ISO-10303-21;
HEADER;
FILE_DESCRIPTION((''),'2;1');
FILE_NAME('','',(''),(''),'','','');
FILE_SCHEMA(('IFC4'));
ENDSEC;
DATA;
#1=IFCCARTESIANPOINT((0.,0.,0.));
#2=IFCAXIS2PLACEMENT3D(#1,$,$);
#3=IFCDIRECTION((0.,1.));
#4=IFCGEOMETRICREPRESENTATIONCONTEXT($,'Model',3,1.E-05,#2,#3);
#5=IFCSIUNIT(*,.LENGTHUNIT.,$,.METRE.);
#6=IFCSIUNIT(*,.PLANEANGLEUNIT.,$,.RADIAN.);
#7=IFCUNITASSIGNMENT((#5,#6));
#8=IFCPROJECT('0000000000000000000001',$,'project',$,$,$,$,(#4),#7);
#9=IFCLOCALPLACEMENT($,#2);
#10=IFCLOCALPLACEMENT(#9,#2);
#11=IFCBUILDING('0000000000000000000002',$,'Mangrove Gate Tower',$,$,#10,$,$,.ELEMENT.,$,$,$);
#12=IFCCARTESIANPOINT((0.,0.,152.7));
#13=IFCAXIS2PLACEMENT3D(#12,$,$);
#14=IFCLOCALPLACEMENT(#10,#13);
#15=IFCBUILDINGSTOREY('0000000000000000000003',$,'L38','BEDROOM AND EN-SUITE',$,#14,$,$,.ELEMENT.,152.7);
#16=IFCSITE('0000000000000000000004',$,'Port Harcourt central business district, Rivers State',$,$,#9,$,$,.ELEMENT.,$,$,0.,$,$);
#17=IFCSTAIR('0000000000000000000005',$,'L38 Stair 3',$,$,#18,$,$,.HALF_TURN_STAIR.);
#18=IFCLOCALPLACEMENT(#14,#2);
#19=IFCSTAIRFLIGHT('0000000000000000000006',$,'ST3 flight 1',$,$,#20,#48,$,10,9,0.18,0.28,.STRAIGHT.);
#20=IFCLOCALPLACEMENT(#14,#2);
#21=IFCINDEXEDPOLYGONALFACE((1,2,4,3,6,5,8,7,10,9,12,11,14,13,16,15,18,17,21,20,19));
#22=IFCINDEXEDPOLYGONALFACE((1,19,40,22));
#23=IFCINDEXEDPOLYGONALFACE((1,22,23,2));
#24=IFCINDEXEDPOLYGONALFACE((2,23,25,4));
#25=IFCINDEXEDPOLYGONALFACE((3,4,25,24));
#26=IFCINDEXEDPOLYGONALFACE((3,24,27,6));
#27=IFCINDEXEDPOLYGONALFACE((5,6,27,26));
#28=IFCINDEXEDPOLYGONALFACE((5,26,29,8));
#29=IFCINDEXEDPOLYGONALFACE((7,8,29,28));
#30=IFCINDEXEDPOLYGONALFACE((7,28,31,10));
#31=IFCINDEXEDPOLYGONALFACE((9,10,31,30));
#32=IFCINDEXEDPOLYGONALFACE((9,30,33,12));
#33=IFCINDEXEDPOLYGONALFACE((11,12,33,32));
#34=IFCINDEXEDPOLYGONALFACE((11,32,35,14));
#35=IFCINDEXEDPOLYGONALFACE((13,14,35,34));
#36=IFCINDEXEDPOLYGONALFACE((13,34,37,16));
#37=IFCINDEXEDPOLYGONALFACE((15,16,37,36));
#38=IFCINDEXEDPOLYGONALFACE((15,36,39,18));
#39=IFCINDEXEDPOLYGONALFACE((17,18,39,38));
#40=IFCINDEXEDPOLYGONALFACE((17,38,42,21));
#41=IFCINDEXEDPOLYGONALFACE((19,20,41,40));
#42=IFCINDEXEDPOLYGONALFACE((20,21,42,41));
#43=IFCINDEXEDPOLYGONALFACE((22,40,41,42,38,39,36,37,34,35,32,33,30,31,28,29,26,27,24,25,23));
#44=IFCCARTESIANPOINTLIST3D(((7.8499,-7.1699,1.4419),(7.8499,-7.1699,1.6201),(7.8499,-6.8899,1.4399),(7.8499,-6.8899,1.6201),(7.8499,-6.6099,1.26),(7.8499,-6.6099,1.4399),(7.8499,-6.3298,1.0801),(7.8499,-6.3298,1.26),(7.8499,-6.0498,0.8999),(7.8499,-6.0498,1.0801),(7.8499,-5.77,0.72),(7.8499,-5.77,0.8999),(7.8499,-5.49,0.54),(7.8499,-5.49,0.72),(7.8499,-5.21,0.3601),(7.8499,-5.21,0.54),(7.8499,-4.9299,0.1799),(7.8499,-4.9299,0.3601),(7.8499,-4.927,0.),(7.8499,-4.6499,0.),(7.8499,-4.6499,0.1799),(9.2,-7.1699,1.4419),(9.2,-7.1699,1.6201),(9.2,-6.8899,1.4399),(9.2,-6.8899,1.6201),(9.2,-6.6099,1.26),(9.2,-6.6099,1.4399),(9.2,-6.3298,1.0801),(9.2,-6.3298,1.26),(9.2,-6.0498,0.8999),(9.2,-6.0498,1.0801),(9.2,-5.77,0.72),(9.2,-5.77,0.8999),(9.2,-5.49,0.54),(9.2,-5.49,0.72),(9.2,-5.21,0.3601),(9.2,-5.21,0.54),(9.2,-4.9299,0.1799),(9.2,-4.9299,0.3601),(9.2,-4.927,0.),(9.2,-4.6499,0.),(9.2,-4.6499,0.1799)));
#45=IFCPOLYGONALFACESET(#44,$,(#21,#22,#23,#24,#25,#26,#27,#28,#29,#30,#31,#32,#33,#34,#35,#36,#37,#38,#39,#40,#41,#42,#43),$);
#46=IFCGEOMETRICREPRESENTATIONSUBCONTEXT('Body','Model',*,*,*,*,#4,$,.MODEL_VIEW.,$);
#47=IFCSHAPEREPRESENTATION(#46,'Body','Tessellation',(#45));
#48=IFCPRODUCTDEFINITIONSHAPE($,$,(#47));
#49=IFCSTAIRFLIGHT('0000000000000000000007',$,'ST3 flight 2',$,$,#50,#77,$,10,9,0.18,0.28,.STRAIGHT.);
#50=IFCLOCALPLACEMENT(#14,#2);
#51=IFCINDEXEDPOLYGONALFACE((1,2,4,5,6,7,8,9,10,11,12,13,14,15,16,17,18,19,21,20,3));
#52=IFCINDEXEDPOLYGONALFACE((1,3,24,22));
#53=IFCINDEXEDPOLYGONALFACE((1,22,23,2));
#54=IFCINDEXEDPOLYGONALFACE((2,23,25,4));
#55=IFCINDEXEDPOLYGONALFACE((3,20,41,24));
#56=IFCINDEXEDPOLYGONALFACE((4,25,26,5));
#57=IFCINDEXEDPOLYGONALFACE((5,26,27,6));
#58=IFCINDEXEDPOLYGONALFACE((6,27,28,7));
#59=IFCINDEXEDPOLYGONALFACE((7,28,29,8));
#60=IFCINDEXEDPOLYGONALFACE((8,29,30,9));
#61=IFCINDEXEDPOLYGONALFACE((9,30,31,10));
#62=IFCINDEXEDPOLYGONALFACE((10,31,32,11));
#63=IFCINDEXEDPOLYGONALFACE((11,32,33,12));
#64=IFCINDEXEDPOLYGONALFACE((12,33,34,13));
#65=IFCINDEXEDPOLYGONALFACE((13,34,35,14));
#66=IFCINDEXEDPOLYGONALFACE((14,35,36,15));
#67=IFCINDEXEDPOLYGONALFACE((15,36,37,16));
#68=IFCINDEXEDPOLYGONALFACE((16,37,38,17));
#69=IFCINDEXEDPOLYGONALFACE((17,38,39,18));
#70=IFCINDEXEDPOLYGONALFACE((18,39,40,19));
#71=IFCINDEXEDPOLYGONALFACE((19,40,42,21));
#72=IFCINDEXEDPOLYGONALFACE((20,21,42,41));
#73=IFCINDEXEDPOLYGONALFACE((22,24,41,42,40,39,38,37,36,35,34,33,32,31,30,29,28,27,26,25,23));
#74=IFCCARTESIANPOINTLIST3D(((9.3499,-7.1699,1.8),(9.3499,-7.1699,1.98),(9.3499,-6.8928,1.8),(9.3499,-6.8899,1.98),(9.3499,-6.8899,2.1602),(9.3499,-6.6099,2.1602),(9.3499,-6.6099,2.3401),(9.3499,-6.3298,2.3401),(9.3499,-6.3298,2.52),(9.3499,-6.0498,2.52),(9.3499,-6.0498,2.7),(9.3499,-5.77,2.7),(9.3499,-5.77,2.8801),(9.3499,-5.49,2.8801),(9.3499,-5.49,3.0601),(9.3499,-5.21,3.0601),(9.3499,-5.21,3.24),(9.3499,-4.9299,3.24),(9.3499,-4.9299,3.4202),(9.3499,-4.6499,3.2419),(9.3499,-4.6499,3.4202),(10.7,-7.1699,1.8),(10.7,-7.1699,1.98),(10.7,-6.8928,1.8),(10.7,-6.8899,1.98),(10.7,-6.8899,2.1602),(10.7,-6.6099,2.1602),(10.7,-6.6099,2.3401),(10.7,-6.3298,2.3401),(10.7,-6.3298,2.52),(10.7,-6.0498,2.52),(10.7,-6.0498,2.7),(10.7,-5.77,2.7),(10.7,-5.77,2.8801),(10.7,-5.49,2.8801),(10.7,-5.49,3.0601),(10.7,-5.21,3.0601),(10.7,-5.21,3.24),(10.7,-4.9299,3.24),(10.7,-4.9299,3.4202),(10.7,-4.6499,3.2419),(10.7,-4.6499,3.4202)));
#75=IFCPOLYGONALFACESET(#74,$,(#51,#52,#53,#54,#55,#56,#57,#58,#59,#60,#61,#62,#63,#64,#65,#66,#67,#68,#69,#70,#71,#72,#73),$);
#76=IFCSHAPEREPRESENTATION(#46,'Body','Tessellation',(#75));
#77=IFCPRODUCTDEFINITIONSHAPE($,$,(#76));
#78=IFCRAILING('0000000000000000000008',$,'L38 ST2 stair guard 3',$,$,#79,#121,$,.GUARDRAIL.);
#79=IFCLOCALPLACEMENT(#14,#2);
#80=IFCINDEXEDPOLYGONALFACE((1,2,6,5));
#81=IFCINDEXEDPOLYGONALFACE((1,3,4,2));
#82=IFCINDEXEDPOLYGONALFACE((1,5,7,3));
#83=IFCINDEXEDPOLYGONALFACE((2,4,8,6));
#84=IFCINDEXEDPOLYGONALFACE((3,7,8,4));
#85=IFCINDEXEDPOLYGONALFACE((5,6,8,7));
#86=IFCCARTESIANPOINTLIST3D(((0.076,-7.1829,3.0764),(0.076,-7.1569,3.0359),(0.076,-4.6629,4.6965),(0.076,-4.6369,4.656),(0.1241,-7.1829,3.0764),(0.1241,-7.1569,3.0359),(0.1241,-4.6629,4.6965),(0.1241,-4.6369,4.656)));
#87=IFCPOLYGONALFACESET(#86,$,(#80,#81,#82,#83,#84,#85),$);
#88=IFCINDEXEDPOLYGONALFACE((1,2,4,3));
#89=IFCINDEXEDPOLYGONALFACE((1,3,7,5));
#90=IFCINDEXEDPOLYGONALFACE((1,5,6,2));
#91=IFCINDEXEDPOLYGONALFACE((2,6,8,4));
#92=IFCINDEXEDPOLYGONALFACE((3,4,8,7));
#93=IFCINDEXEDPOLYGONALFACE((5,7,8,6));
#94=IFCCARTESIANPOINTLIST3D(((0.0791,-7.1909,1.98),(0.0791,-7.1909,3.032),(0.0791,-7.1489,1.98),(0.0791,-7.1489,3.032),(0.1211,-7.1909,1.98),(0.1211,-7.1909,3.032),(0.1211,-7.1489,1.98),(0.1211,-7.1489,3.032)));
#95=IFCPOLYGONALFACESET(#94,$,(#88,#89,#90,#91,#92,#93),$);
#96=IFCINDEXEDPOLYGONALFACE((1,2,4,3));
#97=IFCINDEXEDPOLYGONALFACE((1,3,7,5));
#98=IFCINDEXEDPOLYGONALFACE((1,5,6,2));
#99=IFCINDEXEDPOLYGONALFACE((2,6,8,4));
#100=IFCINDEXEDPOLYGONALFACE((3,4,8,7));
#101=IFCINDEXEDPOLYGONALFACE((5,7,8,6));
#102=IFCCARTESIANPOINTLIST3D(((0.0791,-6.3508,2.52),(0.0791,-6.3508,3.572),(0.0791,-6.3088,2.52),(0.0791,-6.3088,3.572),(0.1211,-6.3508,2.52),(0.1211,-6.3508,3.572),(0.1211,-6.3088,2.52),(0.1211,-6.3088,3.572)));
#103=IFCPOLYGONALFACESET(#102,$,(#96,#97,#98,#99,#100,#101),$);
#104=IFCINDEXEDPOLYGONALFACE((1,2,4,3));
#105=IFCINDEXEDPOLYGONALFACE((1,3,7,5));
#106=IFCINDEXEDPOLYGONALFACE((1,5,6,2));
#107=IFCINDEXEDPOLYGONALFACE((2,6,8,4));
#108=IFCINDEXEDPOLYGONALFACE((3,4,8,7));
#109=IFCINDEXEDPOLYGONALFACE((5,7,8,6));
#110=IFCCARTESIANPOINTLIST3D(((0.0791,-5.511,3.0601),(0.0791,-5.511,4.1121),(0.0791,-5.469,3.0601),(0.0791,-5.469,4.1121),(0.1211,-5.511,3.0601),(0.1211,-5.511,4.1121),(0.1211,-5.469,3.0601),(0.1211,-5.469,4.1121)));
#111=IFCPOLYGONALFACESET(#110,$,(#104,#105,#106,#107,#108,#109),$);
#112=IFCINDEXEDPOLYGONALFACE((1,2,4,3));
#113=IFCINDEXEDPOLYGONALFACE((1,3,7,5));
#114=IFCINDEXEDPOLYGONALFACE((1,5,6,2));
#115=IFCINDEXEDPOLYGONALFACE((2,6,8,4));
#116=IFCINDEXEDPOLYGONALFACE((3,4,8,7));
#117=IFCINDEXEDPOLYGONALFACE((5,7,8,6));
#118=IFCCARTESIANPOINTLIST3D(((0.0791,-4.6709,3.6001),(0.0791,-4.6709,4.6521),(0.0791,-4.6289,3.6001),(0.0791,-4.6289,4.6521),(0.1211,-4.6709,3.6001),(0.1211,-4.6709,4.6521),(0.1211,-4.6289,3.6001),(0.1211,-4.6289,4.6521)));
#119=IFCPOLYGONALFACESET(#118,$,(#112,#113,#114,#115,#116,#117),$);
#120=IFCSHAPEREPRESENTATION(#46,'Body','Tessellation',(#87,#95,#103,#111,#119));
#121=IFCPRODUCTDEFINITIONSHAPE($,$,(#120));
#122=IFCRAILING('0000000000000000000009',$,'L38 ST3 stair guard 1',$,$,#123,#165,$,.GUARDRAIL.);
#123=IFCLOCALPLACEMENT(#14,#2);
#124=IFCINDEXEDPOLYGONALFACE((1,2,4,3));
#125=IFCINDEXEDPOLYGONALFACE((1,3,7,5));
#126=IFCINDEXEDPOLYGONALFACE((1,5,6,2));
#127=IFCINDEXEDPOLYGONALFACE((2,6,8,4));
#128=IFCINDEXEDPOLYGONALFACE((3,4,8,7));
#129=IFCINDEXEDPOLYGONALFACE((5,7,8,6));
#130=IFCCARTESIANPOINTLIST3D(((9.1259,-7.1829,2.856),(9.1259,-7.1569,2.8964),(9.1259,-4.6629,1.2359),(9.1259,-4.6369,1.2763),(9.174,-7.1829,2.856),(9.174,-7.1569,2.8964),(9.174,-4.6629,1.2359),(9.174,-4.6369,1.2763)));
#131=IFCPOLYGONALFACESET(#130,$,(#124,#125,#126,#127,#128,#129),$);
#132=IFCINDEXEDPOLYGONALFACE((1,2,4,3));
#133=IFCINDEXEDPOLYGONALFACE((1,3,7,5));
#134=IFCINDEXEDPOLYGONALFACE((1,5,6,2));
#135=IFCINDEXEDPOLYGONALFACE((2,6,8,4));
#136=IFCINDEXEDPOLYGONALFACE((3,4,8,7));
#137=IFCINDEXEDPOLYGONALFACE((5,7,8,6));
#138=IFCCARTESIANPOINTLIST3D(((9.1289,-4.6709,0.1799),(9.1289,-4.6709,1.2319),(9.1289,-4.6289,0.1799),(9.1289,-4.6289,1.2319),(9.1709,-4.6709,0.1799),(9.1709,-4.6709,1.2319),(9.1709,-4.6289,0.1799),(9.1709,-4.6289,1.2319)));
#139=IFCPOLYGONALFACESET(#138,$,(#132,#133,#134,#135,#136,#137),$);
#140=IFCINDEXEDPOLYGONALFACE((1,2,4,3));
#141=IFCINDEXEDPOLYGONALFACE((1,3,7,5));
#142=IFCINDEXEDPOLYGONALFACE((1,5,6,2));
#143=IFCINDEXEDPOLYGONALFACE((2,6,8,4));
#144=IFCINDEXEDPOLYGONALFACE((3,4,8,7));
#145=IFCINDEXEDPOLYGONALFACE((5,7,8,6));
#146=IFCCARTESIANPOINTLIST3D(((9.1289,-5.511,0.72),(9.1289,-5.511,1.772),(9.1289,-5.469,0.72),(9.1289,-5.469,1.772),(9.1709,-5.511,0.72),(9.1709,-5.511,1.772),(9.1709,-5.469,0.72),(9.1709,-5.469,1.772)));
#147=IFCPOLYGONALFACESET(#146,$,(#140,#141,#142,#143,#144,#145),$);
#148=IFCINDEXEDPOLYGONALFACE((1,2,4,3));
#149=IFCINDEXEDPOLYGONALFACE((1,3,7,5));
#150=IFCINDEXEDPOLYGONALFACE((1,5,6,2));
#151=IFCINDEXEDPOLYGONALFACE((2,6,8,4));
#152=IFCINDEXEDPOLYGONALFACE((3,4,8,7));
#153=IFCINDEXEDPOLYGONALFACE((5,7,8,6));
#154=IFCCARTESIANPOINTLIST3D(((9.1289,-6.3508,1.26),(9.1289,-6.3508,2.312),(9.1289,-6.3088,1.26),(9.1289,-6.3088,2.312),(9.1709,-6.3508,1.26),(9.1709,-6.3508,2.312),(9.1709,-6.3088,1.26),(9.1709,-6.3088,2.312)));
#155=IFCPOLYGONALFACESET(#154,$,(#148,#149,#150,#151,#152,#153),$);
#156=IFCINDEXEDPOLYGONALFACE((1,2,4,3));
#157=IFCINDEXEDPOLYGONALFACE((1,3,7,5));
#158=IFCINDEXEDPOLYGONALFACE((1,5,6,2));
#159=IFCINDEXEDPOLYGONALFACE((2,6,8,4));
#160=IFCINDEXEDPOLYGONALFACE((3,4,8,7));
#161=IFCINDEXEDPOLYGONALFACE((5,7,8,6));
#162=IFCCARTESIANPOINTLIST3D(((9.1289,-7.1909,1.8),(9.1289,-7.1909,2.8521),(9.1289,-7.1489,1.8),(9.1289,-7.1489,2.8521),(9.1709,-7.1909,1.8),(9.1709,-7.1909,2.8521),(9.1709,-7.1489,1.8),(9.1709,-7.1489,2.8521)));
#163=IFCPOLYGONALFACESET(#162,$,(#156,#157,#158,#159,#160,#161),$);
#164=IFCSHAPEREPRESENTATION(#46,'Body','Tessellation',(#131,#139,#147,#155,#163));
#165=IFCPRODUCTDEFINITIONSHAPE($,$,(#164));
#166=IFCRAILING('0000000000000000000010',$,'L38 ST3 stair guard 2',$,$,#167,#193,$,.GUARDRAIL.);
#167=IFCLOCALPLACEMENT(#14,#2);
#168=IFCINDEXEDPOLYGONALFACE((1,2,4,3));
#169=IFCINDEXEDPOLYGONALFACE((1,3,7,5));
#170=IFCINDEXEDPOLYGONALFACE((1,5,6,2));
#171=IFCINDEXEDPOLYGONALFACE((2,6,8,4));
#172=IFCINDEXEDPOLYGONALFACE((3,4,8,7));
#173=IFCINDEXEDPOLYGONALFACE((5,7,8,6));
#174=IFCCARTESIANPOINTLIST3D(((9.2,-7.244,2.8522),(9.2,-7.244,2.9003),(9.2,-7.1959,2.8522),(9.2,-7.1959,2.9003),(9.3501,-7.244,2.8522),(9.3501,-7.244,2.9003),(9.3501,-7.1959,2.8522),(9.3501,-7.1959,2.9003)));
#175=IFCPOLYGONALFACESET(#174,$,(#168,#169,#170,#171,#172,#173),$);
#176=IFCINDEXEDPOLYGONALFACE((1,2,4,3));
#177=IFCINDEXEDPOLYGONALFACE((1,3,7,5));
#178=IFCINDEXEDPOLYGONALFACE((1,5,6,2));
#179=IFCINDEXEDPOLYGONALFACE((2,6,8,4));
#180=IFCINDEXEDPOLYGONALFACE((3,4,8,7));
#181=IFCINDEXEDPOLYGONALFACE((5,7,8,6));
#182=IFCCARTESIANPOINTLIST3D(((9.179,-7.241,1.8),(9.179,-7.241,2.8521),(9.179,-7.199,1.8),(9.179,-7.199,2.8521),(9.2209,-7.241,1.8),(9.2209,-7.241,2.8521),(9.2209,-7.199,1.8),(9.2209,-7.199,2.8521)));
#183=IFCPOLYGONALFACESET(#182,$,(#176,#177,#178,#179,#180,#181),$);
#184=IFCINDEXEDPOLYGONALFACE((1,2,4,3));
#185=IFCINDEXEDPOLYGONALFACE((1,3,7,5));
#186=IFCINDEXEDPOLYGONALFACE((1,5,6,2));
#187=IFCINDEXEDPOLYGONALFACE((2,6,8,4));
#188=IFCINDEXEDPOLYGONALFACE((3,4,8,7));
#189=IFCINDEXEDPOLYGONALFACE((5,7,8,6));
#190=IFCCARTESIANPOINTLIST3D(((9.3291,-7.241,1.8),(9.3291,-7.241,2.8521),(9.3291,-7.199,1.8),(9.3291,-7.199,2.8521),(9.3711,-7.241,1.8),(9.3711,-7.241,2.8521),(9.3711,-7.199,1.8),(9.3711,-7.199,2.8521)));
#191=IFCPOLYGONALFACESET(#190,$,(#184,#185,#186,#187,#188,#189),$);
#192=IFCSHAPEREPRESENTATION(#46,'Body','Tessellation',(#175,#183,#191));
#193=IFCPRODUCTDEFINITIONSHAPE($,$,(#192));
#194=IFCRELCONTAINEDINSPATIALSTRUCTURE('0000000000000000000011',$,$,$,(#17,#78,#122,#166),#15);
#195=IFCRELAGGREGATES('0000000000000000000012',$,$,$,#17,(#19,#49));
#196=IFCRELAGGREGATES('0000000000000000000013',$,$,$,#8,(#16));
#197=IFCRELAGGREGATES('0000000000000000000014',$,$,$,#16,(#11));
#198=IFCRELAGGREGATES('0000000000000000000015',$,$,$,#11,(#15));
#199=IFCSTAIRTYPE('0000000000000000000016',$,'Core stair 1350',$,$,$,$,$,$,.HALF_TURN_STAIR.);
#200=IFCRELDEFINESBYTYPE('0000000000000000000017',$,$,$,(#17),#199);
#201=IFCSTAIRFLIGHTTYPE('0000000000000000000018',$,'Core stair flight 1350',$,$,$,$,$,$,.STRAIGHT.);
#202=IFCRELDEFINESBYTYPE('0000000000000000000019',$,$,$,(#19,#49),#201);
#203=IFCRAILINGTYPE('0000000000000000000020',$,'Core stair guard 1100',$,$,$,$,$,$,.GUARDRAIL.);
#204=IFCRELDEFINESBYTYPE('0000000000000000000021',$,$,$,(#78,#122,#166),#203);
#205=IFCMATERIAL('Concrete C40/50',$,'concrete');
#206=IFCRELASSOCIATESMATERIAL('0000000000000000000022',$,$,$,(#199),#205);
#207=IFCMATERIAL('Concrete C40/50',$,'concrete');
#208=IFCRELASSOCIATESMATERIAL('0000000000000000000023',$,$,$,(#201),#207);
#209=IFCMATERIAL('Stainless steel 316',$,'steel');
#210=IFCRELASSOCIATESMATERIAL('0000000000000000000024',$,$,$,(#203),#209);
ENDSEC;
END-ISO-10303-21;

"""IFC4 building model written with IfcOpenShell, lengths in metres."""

from ifc_helpers import new_model, si_unit, direction, frame, origin, origin_2d, place, context, subcontext, project, spatial, polyline, rectangle, outline, extrude, material, type_object, element, aggregate, save


model = new_model("IFC4")

# Units and contexts
model_context = context("Model", 3, precision=1e-05, world=origin(), true_north=direction((0.0, 1.0)))
body_context = subcontext(model_context, "Body", "Model", "MODEL_VIEW")
ifc_project = project(units=[si_unit("LENGTHUNIT", "METRE"), si_unit("PLANEANGLEUNIT", "RADIAN")], contexts=[model_context])

# Site, building, storey
site_placement = place(None, origin())
site = spatial("IfcSite", under=ifc_project, at=site_placement, Name="Port Harcourt central business district, Rivers State", CompositionType="ELEMENT", RefElevation=0.0)
building_placement = place(site_placement, origin())
building = spatial("IfcBuilding", under=site, at=building_placement, Name="Mangrove Gate Tower", CompositionType="ELEMENT")
storey_placement = place(building_placement, frame((0.0, 0.0, 152.7)))
storey = spatial("IfcBuildingStorey", under=building, at=storey_placement, Name="L38", Description="BEDROOM AND EN-SUITE", CompositionType="ELEMENT", Elevation=152.7)

# Shared definitions
ifc_material_1 = material(Name="Concrete C40/50", Category="concrete")
stair_type = type_object("IfcStairType", Name="Core stair 1350", PredefinedType="HALF_TURN_STAIR", material=ifc_material_1)
ifc_material_2 = material(Name="Concrete C40/50", Category="concrete")
stair_flight_type = type_object("IfcStairFlightType", Name="Core stair flight 1350", PredefinedType="STRAIGHT", material=ifc_material_2)

# Stair, stair flights
stair_1_placement = place(storey_placement, origin())
stair_1 = element("IfcStair", 1, at=stair_1_placement, inside=storey, type_object=stair_type, Name="L38 Stair 3", PredefinedType="HALF_TURN_STAIR")
stair_flight_1_placement = place(storey_placement, frame((8.5249, -4.6499, 0.0), z_axis=(0.0, 0.0, 1.0), x_axis=(0.0, -1.0, 0.0)))
stair_flight_1 = element("IfcStairFlight", 2, at=stair_flight_1_placement, type_object=stair_flight_type, Name="ST3 flight 1", NumberOfRisers=10, NumberOfTreads=9, PredefinedType="STRAIGHT", RiserHeight=0.18, TreadLength=0.28, context=body_context, shape_type="SweptSolid", body=[
    extrude(outline(polyline([(0.0, 0.0), (0.0, 0.1799), (0.28, 0.1799), (0.28, 0.3601), (0.5601, 0.3601), (0.5601, 0.54), (0.8401, 0.54), (0.8401, 0.72), (1.1201, 0.72), (1.1201, 0.8999), (1.3999, 0.8999), (1.3999, 1.0801), (1.6799, 1.0801), (1.6799, 1.26), (1.96, 1.26), (1.96, 1.4399), (2.24, 1.4399), (2.24, 1.6201), (2.52, 1.6201), (2.52, 1.8), (2.52, 1.4419), (0.2771, 0.0), (0.0, 0.0)])), frame((0.0, 0.675, 0.0), z_axis=(0.0, -1.0, 0.0), x_axis=(1.0, 0.0, 0.0)), (0.0, 0.0, 1.0), 1.3501),
])
stair_flight_2_placement = place(storey_placement, frame((10.0249, -7.1699, 1.8), z_axis=(0.0, 0.0, 1.0), x_axis=(0.0, 1.0, 0.0)))
stair_flight_2 = element("IfcStairFlight", 3, at=stair_flight_2_placement, type_object=stair_flight_type, Name="ST3 flight 2", NumberOfRisers=10, NumberOfTreads=9, PredefinedType="STRAIGHT", RiserHeight=0.18, TreadLength=0.28, context=body_context, shape_type="SweptSolid", body=[
    extrude(outline(polyline([(0.0, 0.0), (0.0, 0.1799), (0.28, 0.1799), (0.28, 0.3601), (0.5601, 0.3601), (0.5601, 0.54), (0.8401, 0.54), (0.8401, 0.72), (1.1201, 0.72), (1.1201, 0.8999), (1.3999, 0.8999), (1.3999, 1.0801), (1.6799, 1.0801), (1.6799, 1.26), (1.96, 1.26), (1.96, 1.4399), (2.24, 1.4399), (2.24, 1.6201), (2.52, 1.6201), (2.52, 1.8), (2.52, 1.4419), (0.2771, 0.0), (0.0, 0.0)])), frame((0.0, 0.675, 0.0), z_axis=(0.0, -1.0, 0.0), x_axis=(1.0, 0.0, 0.0)), (0.0, 0.0, 1.0), 1.3501),
])
aggregate(stair_1, [stair_flight_1, stair_flight_2])

# Railings
ifc_material_3 = material(Name="Stainless steel 316", Category="steel")
railing_type_1 = type_object("IfcRailingType", Name="Core stair guard 1100", PredefinedType="GUARDRAIL", material=ifc_material_3)
railing_1_placement = place(storey_placement, frame((0.1001, -7.1699, 1.98)))
element("IfcRailing", 4, at=railing_1_placement, inside=storey, type_object=railing_type_1, Name="L38 ST2 stair guard 3", PredefinedType="GUARDRAIL", context=body_context, shape_type="SweptSolid", body=[
    extrude(rectangle(XDim=0.0481, YDim=0.0481, at=origin_2d()), frame((0.0, 0.0, 1.0762), z_axis=(0.0, 0.841163, 0.540782), x_axis=(-1.0, 0.0, 0.0)), (0.0, 0.0, 1.0), 2.9958),
    extrude(rectangle(XDim=0.042, YDim=0.042, at=origin_2d()), origin(), (0.0, 0.0, 1.0), 1.052),
    extrude(rectangle(XDim=0.042, YDim=0.042, at=origin_2d()), frame((0.0, 0.8401, 0.54)), (0.0, 0.0, 1.0), 1.052),
    extrude(rectangle(XDim=0.042, YDim=0.042, at=origin_2d()), frame((0.0, 1.6799, 1.0801)), (0.0, 0.0, 1.0), 1.052),
    extrude(rectangle(XDim=0.042, YDim=0.042, at=origin_2d()), frame((0.0, 2.52, 1.6201)), (0.0, 0.0, 1.0), 1.052),
])
railing_2_placement = place(storey_placement, frame((9.1499, -4.6499, 0.1799)))
element("IfcRailing", 5, at=railing_2_placement, inside=storey, type_object=railing_type_1, Name="L38 ST3 stair guard 1", PredefinedType="GUARDRAIL", context=body_context, shape_type="SweptSolid", body=[
    extrude(rectangle(XDim=0.0481, YDim=0.0481, at=origin_2d()), frame((0.0, 0.0, 1.0762), z_axis=(0.0, -0.841163, 0.540782), x_axis=(1.0, 0.0, 0.0)), (0.0, 0.0, 1.0), 2.9958),
    extrude(rectangle(XDim=0.042, YDim=0.042, at=origin_2d()), origin(), (0.0, 0.0, 1.0), 1.052),
    extrude(rectangle(XDim=0.042, YDim=0.042, at=origin_2d()), frame((0.0, -0.8401, 0.54)), (0.0, 0.0, 1.0), 1.052),
    extrude(rectangle(XDim=0.042, YDim=0.042, at=origin_2d()), frame((0.0, -1.6799, 1.0801)), (0.0, 0.0, 1.0), 1.052),
    extrude(rectangle(XDim=0.042, YDim=0.042, at=origin_2d()), frame((0.0, -2.52, 1.6201)), (0.0, 0.0, 1.0), 1.052),
])
railing_3_placement = place(storey_placement, frame((9.2, -7.22, 1.8)))
element("IfcRailing", 6, at=railing_3_placement, inside=storey, type_object=railing_type_1, Name="L38 ST3 stair guard 2", PredefinedType="GUARDRAIL", context=body_context, shape_type="SweptSolid", body=[
    extrude(rectangle(XDim=0.0481, YDim=0.0481, at=origin_2d()), frame((0.0, 0.0, 1.0762), z_axis=(1.0, 0.0, 0.0), x_axis=(0.0, 1.0, 0.0)), (0.0, 0.0, 1.0), 0.1501),
    extrude(rectangle(XDim=0.042, YDim=0.042, at=origin_2d()), origin(), (0.0, 0.0, 1.0), 1.052),
    extrude(rectangle(XDim=0.042, YDim=0.042, at=origin_2d()), frame((0.1501, 0.0, 0.0)), (0.0, 0.0, 1.0), 1.052),
])

save(model, "model.ifc")
